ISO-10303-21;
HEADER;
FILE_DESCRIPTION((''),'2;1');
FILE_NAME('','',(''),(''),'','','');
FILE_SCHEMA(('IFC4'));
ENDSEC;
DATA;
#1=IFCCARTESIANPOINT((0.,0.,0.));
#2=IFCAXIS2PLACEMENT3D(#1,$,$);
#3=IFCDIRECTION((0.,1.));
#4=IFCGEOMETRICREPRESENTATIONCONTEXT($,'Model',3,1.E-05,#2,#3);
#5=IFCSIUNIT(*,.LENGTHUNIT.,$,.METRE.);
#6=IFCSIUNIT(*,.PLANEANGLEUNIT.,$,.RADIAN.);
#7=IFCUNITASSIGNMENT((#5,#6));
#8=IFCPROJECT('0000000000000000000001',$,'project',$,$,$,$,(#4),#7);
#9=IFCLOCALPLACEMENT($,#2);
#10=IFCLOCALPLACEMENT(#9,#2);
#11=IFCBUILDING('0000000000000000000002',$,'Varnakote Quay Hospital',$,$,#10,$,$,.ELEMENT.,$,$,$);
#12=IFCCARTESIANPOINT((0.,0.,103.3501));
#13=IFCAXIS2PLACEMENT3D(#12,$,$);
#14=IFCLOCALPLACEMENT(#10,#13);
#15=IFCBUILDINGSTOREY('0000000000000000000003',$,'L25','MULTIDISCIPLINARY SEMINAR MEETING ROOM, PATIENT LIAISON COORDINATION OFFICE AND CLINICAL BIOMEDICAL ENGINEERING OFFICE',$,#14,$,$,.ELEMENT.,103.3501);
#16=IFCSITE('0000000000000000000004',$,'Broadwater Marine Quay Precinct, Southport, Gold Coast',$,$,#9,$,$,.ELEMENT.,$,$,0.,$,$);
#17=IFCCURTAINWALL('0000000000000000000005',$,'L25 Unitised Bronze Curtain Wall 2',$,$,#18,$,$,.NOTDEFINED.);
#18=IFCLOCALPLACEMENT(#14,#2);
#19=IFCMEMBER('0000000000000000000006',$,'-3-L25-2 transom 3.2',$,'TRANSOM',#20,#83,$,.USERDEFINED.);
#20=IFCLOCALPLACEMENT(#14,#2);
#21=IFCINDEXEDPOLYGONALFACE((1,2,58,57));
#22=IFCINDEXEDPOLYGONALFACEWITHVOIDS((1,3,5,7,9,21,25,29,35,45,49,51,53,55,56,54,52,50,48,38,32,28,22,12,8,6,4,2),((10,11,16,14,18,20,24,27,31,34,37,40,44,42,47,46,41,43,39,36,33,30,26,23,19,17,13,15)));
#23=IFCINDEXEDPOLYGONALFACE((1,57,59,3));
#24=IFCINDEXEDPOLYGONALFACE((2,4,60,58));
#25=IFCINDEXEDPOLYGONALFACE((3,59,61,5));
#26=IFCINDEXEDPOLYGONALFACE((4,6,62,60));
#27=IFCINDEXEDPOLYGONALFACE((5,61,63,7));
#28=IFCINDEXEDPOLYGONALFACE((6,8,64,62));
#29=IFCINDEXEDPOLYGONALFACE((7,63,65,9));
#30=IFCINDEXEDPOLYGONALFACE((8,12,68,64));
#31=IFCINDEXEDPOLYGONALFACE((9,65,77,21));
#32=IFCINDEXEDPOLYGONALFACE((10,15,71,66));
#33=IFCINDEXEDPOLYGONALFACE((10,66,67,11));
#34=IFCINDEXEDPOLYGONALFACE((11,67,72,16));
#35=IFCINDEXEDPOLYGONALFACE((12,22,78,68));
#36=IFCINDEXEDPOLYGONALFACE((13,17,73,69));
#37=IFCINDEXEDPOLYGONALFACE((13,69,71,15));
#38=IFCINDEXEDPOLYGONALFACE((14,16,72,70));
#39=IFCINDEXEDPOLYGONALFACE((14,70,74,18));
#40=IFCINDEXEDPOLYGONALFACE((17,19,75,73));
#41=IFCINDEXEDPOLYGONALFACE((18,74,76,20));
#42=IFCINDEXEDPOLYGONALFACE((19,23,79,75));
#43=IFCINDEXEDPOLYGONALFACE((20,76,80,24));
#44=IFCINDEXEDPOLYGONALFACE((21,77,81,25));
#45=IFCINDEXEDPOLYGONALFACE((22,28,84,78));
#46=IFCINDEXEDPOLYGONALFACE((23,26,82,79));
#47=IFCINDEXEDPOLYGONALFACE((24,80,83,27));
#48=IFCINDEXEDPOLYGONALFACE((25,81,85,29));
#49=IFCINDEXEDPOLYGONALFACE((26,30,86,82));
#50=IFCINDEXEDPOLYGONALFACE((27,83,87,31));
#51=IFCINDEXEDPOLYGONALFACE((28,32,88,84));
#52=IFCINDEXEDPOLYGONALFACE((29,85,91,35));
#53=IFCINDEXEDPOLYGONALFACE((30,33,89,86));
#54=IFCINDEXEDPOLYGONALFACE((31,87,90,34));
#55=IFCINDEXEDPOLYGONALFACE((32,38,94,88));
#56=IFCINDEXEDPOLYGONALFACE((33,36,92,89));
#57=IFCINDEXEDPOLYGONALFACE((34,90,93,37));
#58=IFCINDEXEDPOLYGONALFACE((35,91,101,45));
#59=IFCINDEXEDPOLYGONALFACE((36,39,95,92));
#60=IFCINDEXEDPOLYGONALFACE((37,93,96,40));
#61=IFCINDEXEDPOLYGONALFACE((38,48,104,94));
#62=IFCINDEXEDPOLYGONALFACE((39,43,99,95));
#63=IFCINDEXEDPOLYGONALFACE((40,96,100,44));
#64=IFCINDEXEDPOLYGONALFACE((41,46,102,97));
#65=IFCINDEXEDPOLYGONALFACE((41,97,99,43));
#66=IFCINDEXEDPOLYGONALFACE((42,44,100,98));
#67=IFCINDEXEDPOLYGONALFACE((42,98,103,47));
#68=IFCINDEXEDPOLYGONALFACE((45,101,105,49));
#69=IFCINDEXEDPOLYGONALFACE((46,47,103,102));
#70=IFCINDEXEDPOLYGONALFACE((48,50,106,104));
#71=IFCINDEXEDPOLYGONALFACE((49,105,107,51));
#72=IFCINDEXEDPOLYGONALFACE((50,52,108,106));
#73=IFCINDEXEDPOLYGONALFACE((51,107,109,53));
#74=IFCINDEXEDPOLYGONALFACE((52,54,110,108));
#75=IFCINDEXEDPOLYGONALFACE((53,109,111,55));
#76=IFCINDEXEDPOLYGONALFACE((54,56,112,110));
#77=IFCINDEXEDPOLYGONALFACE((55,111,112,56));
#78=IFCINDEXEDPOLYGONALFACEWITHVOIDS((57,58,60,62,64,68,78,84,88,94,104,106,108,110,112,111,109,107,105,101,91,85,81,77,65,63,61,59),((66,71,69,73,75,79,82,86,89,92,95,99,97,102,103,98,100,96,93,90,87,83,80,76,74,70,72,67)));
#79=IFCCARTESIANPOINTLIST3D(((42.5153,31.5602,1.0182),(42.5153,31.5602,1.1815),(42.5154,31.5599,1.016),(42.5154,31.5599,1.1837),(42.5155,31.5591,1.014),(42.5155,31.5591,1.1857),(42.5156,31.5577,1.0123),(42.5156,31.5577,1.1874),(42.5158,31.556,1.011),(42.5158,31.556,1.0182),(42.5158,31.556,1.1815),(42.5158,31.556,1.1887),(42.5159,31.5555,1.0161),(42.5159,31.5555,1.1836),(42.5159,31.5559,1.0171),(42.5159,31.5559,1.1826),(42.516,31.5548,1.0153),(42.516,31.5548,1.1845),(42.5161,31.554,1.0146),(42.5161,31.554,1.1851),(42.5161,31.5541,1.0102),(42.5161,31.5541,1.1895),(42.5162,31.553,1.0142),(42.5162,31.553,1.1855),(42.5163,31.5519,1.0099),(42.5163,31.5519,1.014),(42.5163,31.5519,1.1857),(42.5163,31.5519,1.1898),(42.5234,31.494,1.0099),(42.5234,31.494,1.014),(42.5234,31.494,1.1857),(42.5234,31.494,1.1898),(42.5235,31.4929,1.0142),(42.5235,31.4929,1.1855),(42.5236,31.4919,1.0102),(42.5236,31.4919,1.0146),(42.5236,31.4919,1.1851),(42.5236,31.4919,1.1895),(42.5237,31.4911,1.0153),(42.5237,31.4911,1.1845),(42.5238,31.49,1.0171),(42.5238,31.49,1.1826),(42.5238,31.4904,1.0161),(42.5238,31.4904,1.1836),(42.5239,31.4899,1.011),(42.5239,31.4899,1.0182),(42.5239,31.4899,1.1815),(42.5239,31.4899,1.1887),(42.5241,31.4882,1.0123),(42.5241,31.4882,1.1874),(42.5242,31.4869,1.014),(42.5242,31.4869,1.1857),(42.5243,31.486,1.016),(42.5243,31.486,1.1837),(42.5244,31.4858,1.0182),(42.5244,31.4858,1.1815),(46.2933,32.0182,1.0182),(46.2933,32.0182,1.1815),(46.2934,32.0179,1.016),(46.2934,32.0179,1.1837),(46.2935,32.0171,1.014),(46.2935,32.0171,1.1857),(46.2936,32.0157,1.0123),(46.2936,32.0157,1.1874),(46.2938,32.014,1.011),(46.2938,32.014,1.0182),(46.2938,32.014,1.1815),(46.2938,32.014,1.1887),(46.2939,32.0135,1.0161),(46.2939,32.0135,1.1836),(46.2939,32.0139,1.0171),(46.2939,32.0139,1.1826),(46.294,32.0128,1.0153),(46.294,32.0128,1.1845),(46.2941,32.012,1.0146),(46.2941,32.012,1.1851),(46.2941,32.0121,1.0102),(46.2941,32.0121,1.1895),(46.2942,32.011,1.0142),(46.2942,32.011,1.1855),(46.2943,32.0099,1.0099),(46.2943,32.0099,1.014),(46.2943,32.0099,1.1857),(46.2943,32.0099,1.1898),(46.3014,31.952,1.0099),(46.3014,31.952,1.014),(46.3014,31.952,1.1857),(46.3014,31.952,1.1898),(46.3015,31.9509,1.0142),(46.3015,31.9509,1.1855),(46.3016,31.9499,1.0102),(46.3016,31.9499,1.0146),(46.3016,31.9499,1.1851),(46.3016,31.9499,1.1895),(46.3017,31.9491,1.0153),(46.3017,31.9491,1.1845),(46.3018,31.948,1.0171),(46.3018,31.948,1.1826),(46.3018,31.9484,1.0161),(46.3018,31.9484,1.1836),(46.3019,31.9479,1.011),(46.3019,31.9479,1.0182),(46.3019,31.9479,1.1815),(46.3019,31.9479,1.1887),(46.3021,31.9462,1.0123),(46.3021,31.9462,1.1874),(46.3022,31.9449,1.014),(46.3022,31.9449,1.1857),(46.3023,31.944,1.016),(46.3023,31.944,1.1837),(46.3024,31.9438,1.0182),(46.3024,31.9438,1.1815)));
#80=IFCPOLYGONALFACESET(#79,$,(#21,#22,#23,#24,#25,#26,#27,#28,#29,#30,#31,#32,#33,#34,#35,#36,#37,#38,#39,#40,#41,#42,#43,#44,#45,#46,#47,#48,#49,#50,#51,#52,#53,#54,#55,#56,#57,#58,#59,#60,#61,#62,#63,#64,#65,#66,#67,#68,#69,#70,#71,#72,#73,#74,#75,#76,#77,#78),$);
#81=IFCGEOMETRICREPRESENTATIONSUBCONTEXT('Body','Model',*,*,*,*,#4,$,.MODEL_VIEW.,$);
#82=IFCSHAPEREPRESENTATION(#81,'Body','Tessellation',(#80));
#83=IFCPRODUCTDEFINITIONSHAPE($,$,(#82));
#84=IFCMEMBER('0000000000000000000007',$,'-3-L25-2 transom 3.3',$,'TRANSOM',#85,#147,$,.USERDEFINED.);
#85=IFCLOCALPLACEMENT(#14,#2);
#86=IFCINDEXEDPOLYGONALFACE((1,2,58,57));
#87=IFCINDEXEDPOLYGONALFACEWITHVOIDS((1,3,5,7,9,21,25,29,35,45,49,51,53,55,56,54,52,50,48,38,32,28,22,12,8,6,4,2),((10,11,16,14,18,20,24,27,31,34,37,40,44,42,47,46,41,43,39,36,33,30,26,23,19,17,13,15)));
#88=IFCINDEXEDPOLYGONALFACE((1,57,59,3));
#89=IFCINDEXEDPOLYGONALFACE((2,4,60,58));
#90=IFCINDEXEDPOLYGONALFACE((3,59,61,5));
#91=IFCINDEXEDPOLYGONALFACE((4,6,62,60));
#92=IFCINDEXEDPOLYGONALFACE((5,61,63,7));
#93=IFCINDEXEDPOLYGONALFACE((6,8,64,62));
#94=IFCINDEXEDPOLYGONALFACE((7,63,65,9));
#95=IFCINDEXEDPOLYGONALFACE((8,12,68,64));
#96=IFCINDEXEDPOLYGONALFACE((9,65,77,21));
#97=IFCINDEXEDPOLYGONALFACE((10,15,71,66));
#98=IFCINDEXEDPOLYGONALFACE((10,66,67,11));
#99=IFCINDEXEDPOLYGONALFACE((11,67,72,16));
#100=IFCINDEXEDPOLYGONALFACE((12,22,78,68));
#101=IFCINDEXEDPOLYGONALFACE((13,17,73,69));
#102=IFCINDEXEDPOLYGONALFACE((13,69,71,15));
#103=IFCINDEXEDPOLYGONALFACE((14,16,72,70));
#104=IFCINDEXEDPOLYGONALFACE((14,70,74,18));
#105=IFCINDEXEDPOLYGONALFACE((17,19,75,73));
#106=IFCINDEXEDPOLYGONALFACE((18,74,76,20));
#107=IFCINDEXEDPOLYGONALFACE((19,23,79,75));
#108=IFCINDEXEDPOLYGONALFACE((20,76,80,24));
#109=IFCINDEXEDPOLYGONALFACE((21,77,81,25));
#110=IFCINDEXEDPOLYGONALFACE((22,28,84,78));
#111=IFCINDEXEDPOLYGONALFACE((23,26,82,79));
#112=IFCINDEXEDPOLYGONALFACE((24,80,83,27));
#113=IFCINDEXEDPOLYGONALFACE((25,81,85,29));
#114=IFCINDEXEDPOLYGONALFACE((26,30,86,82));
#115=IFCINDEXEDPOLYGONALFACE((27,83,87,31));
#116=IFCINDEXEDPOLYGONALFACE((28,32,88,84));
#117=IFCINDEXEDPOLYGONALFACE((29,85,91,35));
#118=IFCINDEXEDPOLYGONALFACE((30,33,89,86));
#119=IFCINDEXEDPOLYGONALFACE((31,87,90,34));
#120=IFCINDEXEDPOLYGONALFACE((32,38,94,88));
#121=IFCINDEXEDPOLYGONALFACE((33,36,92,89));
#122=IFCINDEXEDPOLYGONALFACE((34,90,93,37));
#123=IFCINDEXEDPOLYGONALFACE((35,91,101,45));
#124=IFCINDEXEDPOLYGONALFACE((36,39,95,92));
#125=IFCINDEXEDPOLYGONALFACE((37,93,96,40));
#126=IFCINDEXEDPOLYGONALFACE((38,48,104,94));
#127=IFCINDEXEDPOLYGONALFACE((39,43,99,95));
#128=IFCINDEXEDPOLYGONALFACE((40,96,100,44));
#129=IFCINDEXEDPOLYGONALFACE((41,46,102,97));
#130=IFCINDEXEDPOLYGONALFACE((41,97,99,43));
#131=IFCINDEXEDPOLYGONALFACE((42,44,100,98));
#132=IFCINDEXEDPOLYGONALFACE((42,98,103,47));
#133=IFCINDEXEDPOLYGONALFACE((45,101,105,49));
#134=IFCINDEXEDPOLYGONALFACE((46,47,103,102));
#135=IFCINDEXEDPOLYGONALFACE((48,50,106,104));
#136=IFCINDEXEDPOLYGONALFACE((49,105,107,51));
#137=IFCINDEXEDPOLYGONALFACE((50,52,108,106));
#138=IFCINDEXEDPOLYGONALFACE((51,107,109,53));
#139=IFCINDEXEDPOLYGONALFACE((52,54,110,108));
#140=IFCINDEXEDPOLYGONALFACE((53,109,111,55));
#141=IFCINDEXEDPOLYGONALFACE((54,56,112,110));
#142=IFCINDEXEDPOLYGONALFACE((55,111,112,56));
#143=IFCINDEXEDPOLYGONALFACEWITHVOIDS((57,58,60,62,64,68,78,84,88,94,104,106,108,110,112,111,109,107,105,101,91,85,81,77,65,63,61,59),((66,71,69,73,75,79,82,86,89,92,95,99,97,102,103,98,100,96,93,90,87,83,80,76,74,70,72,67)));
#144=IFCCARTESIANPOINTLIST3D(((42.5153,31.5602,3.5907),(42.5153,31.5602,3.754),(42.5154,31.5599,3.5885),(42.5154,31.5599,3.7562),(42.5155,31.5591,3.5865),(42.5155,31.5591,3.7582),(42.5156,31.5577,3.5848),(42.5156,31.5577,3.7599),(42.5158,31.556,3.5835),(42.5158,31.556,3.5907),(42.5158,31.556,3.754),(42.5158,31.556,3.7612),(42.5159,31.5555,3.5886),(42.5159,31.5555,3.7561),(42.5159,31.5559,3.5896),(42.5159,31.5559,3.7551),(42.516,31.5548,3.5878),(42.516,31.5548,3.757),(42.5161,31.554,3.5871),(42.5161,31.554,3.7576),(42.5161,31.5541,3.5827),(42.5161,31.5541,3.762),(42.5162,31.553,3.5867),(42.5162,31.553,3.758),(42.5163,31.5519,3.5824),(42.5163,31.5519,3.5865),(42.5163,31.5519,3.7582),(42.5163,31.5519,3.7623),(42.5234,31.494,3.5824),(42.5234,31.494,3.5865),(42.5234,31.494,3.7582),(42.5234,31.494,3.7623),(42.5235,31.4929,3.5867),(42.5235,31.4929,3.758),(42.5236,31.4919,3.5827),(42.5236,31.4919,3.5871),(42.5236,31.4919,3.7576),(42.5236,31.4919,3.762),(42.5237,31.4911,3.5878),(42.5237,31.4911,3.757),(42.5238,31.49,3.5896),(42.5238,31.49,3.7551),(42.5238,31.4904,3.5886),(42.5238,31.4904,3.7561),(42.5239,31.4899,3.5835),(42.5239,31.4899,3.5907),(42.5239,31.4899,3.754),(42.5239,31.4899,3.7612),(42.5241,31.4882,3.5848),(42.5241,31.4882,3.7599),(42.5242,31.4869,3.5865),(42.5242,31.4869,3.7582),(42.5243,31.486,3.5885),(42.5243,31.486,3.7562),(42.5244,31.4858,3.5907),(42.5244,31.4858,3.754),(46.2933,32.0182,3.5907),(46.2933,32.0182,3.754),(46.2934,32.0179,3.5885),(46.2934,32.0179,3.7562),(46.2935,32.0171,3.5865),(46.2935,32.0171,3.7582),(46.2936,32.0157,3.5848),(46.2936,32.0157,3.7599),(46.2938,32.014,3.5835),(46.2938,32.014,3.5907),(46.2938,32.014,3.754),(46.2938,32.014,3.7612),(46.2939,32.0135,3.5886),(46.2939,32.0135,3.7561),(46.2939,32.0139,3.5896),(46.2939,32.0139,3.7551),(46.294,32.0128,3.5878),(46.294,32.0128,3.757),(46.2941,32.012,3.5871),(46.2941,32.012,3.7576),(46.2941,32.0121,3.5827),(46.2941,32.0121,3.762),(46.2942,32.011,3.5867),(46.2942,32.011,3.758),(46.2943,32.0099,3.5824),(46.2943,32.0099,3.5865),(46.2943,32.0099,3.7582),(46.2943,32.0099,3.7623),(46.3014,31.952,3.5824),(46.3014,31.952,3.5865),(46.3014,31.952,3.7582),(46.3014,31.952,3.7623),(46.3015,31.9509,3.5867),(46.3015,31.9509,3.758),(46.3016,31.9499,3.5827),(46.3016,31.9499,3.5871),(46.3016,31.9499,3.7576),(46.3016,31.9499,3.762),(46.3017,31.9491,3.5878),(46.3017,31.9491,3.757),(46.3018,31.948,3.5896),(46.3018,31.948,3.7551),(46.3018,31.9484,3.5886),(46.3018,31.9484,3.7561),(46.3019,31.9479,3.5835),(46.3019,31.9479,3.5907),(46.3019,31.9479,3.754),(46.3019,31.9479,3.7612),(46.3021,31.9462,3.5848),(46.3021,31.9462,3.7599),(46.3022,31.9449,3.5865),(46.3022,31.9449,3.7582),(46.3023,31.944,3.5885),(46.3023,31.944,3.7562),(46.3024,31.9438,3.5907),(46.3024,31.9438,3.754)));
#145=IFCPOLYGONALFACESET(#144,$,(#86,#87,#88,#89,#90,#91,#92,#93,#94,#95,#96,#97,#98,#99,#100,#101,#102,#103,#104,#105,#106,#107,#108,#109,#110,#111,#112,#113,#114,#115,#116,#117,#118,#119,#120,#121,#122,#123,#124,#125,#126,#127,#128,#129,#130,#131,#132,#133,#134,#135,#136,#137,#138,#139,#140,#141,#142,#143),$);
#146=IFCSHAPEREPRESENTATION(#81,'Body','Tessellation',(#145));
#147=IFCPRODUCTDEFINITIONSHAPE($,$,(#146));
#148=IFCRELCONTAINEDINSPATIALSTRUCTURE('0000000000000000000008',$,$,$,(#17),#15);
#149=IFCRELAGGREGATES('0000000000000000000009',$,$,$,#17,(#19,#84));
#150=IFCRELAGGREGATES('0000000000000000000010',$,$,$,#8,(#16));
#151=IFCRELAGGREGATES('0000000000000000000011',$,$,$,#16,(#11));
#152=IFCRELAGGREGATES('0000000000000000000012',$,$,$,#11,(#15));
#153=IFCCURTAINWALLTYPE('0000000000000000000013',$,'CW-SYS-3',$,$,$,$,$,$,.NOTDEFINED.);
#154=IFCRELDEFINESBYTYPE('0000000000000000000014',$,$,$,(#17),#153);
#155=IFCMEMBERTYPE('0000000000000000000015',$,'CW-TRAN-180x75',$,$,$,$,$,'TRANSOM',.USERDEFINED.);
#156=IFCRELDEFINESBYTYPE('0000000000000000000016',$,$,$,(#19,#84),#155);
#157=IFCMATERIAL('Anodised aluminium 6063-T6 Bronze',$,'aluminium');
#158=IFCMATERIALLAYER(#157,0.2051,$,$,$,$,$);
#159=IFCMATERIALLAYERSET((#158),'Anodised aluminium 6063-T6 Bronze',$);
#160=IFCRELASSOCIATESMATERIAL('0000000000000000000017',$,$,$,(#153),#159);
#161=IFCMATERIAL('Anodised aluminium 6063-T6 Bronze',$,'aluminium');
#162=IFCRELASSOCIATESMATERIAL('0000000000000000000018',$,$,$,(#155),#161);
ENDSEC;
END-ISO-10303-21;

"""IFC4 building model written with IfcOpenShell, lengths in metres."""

from ifc_helpers import new_model, si_unit, direction, frame, origin, origin_2d, place, context, subcontext, project, spatial, hollow_rectangle, extrude, material, layer, layer_set, material_profile, profile_set, type_object, element, aggregate, save


model = new_model("IFC4")

# Units and contexts
model_context = context("Model", 3, precision=1e-05, world=origin(), true_north=direction((0.0, 1.0)))
body_context = subcontext(model_context, "Body", "Model", "MODEL_VIEW")
ifc_project = project(units=[si_unit("LENGTHUNIT", "METRE"), si_unit("PLANEANGLEUNIT", "RADIAN")], contexts=[model_context])

# Site, building, storey
site_placement = place(None, origin())
site = spatial("IfcSite", under=ifc_project, at=site_placement, Name="Broadwater Marine Quay Precinct, Southport, Gold Coast", CompositionType="ELEMENT", RefElevation=0.0)
building_placement = place(site_placement, origin())
building = spatial("IfcBuilding", under=site, at=building_placement, Name="Varnakote Quay Hospital", CompositionType="ELEMENT")
storey_placement = place(building_placement, frame((0.0, 0.0, 103.3501)))
storey = spatial("IfcBuildingStorey", under=building, at=storey_placement, Name="L25", Description="MULTIDISCIPLINARY SEMINAR MEETING ROOM, PATIENT LIAISON COORDINATION OFFICE AND CLINICAL BIOMEDICAL ENGINEERING OFFICE", CompositionType="ELEMENT", Elevation=103.3501)

# Curtain wall, members
ifc_material_1 = material(Name="Anodised aluminium 6063-T6 Bronze", Category="aluminium")
ifc_layer_1 = layer(ifc_material_1, 0.2051)
ifc_layer_set_1 = layer_set([ifc_layer_1], Name="Anodised aluminium 6063-T6 Bronze")
curtain_wall_type = type_object("IfcCurtainWallType", Name="CW-SYS-3", PredefinedType="NOTDEFINED", material=ifc_layer_set_1)
curtain_wall_placement = place(storey_placement, origin())
curtain_wall = element("IfcCurtainWall", 1, at=curtain_wall_placement, inside=storey, type_object=curtain_wall_type, Name="L25 Unitised Bronze Curtain Wall 2", PredefinedType="NOTDEFINED")
ifc_material_2 = material(Name="Anodised aluminium 6063-T6 Bronze", Category="aluminium")
ifc_material_profile_1 = material_profile(ifc_material_2, hollow_rectangle(XDim=0.075, YDim=0.1799, WallThickness=0.0042, InnerFilletRadius=0.0042, OuterFilletRadius=0.0083, at=origin_2d()), Name="CW-TRAN-180x75")
ifc_profile_set_1 = profile_set([ifc_material_profile_1], Name="Anodised aluminium 6063-T6 Bronze")
member_type_1 = type_object("IfcMemberType", Name="CW-TRAN-180x75", ElementType="TRANSOM", PredefinedType="USERDEFINED", material=ifc_profile_set_1)
member_1_placement = place(storey_placement, frame((46.2979, 31.981, 1.0999), z_axis=(-0.992732, -0.120347, 0.0), x_axis=(0.120347, -0.992732, 0.0)))
member_1 = element("IfcMember", 2, at=member_1_placement, type_object=member_type_1, Name="-3-L25-2 transom 3.2", ObjectType="TRANSOM", PredefinedType="USERDEFINED", context=body_context, shape_type="SweptSolid", body=[
    extrude(hollow_rectangle(XDim=0.075, YDim=0.1799, WallThickness=0.0042, InnerFilletRadius=0.0042, OuterFilletRadius=0.0083, at=origin_2d()), origin(), (0.0, 0.0, 1.0), 3.8057),
])
member_2_placement = place(storey_placement, frame((46.2979, 31.981, 3.6724), z_axis=(-0.992732, -0.120347, 0.0), x_axis=(0.120347, -0.992732, 0.0)))
member_2 = element("IfcMember", 3, at=member_2_placement, type_object=member_type_1, Name="-3-L25-2 transom 3.3", ObjectType="TRANSOM", PredefinedType="USERDEFINED", context=body_context, shape_type="SweptSolid", body=[
    extrude(hollow_rectangle(XDim=0.075, YDim=0.1799, WallThickness=0.0042, InnerFilletRadius=0.0042, OuterFilletRadius=0.0083, at=origin_2d()), origin(), (0.0, 0.0, 1.0), 3.8057),
])

aggregate(curtain_wall, [member_1, member_2])

save(model, "model.ifc")
